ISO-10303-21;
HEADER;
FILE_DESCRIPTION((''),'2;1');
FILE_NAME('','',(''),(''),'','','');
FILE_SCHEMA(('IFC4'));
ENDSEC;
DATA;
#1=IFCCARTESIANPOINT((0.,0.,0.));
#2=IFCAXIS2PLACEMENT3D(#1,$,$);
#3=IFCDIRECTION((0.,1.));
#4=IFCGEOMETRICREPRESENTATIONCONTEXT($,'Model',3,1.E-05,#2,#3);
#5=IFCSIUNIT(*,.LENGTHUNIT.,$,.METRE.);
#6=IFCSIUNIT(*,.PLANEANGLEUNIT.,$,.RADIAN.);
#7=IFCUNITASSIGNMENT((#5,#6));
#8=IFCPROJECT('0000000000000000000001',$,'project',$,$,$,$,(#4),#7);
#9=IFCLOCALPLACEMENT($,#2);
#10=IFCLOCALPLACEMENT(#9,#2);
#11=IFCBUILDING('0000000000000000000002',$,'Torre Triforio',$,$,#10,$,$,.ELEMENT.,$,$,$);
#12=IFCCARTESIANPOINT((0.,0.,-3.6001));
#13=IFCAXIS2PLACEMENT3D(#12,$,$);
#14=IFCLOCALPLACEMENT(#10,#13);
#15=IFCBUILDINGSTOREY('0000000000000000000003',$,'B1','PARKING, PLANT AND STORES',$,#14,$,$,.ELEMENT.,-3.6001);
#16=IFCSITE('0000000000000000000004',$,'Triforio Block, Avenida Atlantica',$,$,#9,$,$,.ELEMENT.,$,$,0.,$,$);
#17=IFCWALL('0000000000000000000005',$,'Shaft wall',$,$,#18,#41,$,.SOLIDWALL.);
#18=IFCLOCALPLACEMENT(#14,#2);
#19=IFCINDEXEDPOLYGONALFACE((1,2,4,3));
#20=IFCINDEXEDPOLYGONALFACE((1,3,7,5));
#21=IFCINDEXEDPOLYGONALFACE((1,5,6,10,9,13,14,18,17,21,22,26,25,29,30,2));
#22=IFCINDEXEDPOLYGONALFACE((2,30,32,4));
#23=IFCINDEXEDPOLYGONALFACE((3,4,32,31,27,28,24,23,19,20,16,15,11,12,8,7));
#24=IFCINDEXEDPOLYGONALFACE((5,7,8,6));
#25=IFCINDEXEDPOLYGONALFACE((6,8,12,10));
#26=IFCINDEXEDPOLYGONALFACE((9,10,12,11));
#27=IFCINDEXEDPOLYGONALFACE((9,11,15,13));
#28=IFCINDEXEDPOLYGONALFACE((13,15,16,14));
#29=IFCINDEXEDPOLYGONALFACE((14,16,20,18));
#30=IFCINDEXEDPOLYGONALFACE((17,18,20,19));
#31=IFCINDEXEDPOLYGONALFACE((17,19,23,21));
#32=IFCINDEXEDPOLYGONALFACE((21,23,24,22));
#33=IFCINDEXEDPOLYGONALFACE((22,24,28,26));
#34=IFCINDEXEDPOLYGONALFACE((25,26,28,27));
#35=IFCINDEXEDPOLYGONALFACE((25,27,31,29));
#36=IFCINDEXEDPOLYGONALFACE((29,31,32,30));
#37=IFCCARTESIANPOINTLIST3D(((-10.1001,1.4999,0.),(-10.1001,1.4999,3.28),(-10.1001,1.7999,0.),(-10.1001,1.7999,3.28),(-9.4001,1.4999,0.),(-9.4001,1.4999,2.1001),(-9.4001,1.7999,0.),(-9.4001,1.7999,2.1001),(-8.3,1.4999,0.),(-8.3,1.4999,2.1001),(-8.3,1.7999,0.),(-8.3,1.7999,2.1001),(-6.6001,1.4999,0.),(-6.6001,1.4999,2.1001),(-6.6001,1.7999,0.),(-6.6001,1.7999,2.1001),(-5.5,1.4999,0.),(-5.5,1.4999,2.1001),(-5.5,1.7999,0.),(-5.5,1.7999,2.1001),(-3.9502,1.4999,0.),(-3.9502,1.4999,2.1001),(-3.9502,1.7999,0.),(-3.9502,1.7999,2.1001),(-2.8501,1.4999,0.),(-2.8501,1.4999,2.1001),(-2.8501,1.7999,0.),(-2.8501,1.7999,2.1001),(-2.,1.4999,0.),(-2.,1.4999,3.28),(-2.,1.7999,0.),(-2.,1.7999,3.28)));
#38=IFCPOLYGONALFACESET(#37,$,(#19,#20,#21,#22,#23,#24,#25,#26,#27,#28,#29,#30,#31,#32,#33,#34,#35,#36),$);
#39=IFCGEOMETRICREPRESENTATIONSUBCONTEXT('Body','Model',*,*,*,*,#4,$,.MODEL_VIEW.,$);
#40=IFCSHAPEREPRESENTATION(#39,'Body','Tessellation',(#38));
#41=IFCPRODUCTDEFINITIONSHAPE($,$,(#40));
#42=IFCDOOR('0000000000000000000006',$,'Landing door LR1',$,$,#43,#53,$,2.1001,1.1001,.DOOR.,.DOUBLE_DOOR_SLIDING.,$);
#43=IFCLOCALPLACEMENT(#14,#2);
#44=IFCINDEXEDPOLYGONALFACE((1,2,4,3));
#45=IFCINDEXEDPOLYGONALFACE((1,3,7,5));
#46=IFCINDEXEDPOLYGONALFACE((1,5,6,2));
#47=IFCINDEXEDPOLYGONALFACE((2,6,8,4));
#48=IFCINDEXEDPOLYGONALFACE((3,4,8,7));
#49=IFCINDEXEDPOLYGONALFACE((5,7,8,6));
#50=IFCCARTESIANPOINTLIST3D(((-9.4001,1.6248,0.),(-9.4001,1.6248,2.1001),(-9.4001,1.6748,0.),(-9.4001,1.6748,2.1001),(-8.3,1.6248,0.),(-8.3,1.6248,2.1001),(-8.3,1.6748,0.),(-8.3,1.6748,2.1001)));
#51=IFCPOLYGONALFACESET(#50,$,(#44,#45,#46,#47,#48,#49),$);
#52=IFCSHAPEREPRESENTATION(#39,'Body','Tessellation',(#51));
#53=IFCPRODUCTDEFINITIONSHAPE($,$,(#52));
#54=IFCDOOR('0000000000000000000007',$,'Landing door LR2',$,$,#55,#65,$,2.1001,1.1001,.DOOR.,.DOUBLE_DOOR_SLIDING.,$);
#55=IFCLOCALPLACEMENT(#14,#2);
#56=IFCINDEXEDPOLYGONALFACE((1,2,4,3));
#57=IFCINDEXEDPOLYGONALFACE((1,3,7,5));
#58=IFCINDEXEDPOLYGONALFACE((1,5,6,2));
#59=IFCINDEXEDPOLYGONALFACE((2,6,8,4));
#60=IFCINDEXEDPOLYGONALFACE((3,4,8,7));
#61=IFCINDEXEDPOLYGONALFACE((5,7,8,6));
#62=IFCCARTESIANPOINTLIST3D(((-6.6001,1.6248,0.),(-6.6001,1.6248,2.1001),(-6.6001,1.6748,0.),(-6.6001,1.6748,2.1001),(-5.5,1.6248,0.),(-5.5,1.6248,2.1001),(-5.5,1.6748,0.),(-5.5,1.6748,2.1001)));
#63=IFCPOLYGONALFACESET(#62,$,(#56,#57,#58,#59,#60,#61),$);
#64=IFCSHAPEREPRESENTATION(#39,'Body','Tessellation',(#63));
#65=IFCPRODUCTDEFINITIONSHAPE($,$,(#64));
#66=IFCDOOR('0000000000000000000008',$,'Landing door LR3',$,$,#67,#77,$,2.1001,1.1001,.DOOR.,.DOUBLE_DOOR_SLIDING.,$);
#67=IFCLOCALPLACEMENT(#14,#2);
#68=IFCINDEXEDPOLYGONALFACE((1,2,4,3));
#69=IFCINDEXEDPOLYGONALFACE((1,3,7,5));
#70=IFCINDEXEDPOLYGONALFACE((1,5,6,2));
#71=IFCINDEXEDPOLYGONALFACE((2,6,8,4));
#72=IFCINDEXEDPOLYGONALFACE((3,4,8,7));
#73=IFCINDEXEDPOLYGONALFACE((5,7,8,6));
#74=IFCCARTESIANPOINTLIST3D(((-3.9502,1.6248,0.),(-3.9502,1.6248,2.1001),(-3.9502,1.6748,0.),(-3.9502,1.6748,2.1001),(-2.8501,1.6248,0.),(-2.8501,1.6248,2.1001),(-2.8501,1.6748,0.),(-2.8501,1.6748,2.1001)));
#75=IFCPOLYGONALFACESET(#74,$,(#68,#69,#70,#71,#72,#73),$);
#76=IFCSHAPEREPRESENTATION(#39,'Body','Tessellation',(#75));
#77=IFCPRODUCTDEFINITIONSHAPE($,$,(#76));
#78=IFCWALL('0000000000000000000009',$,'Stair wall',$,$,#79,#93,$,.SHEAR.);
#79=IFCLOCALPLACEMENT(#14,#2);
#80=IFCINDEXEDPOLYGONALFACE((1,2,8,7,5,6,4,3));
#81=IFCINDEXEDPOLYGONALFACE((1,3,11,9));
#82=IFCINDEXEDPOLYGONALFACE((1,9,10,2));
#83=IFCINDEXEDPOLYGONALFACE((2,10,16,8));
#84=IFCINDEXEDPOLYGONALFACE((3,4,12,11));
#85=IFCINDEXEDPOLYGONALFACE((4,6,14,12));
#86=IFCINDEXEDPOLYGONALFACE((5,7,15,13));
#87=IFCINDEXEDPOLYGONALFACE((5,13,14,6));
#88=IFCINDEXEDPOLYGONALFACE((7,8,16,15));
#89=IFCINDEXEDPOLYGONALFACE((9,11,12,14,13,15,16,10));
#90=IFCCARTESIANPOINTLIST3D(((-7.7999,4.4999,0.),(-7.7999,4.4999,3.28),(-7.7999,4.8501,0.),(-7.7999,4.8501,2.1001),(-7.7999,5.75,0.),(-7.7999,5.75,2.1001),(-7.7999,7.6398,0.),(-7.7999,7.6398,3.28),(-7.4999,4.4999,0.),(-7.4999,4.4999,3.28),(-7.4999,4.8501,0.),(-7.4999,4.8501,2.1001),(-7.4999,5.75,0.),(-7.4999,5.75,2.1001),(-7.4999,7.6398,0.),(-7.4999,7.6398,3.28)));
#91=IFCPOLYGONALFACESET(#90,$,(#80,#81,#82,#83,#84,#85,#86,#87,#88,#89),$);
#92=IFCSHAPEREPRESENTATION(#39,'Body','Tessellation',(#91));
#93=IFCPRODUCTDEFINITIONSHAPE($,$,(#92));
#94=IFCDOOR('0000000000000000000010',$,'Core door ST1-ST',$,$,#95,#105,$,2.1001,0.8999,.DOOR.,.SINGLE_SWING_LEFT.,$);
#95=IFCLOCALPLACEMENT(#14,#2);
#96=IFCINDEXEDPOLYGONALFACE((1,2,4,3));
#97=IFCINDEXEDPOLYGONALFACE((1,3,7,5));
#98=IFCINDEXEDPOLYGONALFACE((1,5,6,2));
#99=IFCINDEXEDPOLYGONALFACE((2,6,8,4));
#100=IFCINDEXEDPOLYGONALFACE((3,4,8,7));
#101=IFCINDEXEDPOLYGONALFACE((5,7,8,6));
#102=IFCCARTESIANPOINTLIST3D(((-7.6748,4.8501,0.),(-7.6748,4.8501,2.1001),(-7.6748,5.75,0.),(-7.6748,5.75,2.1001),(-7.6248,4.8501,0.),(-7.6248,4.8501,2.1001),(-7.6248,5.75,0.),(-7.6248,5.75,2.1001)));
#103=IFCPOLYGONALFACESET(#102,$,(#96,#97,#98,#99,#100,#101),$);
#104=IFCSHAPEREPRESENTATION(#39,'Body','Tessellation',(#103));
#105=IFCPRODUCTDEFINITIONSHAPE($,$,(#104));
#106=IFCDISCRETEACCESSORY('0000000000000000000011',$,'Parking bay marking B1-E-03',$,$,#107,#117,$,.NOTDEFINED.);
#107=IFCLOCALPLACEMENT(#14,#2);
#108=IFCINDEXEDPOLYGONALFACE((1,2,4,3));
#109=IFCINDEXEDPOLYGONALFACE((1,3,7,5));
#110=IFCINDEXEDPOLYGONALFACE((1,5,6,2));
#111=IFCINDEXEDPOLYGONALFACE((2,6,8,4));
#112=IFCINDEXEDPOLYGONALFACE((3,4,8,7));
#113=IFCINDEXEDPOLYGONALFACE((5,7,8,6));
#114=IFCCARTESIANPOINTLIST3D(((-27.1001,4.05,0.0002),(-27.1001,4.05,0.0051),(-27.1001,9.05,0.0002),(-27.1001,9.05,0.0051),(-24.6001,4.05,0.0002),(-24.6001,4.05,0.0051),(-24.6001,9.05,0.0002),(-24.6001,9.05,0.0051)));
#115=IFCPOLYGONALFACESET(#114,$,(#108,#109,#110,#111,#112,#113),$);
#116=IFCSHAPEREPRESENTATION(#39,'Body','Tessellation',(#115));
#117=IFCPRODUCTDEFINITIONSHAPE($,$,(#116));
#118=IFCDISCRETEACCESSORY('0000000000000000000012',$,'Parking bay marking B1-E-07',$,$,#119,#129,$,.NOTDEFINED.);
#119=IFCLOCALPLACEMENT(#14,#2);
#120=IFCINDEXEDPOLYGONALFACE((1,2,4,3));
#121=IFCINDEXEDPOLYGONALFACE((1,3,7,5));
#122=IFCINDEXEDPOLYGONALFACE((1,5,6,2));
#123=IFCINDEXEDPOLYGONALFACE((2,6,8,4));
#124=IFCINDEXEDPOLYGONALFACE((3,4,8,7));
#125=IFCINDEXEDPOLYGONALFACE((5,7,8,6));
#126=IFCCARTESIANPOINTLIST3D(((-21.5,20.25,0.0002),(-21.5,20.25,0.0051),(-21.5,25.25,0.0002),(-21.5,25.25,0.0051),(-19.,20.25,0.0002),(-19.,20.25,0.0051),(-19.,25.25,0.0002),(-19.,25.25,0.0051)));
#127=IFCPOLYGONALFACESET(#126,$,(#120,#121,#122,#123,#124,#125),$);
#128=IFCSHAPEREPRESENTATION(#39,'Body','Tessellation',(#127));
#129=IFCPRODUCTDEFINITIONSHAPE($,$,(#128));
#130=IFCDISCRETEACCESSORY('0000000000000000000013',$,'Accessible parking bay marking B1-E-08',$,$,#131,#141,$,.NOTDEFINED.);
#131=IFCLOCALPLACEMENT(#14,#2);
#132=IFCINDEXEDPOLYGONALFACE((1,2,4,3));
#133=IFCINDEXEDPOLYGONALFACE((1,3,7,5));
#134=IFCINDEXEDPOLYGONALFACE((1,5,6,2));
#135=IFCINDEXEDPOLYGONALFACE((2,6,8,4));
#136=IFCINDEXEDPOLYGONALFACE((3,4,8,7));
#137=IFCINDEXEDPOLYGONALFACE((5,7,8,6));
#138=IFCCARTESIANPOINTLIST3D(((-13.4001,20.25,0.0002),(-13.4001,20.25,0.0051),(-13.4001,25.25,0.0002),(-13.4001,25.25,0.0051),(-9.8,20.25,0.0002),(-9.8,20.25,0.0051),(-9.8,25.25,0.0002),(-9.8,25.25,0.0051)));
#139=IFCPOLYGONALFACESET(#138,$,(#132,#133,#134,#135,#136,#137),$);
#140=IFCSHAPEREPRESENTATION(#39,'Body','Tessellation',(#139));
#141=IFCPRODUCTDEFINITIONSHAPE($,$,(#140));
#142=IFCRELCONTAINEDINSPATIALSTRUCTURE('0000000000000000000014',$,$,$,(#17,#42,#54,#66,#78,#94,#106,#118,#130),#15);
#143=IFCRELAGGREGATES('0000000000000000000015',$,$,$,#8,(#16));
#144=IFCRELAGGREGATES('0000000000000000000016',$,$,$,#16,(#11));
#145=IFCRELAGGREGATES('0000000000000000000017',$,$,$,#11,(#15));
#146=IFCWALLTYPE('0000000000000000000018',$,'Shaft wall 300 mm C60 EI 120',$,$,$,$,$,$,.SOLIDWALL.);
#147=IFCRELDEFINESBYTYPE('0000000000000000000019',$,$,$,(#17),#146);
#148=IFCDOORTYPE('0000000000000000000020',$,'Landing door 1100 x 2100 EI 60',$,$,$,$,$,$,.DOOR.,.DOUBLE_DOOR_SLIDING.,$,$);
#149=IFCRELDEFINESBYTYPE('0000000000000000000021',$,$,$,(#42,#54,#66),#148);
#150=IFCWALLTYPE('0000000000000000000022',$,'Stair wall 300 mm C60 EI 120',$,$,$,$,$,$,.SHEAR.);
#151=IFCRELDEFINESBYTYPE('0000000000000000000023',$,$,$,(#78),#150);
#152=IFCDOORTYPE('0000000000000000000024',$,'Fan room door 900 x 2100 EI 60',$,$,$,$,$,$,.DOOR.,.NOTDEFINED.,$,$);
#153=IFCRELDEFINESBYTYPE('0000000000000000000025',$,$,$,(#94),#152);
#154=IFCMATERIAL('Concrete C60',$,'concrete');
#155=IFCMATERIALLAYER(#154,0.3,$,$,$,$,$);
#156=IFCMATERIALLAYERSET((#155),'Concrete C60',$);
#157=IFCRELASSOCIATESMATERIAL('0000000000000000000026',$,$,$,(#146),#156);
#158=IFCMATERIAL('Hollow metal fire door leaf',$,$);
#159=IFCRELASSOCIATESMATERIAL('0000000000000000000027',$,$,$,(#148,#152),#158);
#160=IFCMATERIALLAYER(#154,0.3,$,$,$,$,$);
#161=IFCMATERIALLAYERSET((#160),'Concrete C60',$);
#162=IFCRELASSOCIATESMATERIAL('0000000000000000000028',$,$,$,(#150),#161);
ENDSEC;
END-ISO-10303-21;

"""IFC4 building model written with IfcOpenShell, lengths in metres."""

from ifc_helpers import new_model, si_unit, direction, frame, frame_2d, origin, origin_2d, place, context, subcontext, project, spatial, rectangle, extrude, material, layer, layer_set, type_object, element, fill, save


model = new_model("IFC4")

# Units and contexts
model_context = context("Model", 3, precision=1e-05, world=origin(), true_north=direction((0.0, 1.0)))
body_context = subcontext(model_context, "Body", "Model", "MODEL_VIEW")
ifc_project = project(units=[si_unit("LENGTHUNIT", "METRE"), si_unit("PLANEANGLEUNIT", "RADIAN")], contexts=[model_context])

# Site, building, storey
site_placement = place(None, origin())
site = spatial("IfcSite", under=ifc_project, at=site_placement, Name="Triforio Block, Avenida Atlantica", CompositionType="ELEMENT", RefElevation=0.0)
building_placement = place(site_placement, origin())
building = spatial("IfcBuilding", under=site, at=building_placement, Name="Torre Triforio", CompositionType="ELEMENT")
storey_placement = place(building_placement, frame((0.0, 0.0, -3.6001)))
storey = spatial("IfcBuildingStorey", under=building, at=storey_placement, Name="B1", Description="PARKING, PLANT AND STORES", CompositionType="ELEMENT", Elevation=-3.6001)

# Shared definitions
ifc_material_1 = material(Name="Concrete C60", Category="concrete")
ifc_material_2 = material(Name="Hollow metal fire door leaf")

# Shared definitions
ifc_layer_1 = layer(ifc_material_1, 0.3)
ifc_layer_set_1 = layer_set([ifc_layer_1], Name="Concrete C60")
wall_type_1 = type_object("IfcWallType", Name="Shaft wall 300 mm C60 EI 120", PredefinedType="SOLIDWALL", material=ifc_layer_set_1)

# Wall, openings, doors
wall_1_placement = place(storey_placement, frame((-10.1001, 1.6499, 0.0), z_axis=(0.0, 0.0, 1.0), x_axis=(1.0, 0.0, 0.0)))
wall_1 = element("IfcWall", 1, at=wall_1_placement, inside=storey, type_object=wall_type_1, Name="Shaft wall", PredefinedType="SOLIDWALL", context=body_context, shape_type="SweptSolid", body=[
    extrude(rectangle(XDim=8.1001, YDim=0.3, at=frame_2d((4.05, 0.0))), origin(), (0.0, 0.0, 1.0), 3.28),
])
opening_1_placement = place(wall_1_placement, frame((0.7, 0.0, 0.0)))
opening_1 = element("IfcOpeningElement", 2, at=opening_1_placement, cuts=wall_1, PredefinedType="OPENING", context=body_context, shape_type="SweptSolid", body=[
    extrude(rectangle(XDim=1.1001, YDim=2.1001, at=frame_2d((0.55, 1.05))), frame((0.0, 0.1599, 0.0), z_axis=(0.0, -1.0, 0.0), x_axis=(1.0, 0.0, 0.0)), (0.0, 0.0, 1.0), 0.3201),
])
opening_2_placement = place(wall_1_placement, frame((3.5, 0.0, 0.0)))
opening_2 = element("IfcOpeningElement", 3, at=opening_2_placement, cuts=wall_1, PredefinedType="OPENING", context=body_context, shape_type="SweptSolid", body=[
    extrude(rectangle(XDim=1.1001, YDim=2.1001, at=frame_2d((0.55, 1.05))), frame((0.0, 0.1599, 0.0), z_axis=(0.0, -1.0, 0.0), x_axis=(1.0, 0.0, 0.0)), (0.0, 0.0, 1.0), 0.3201),
])
opening_3_placement = place(wall_1_placement, frame((6.1499, 0.0, 0.0)))
opening_3 = element("IfcOpeningElement", 4, at=opening_3_placement, cuts=wall_1, PredefinedType="OPENING", context=body_context, shape_type="SweptSolid", body=[
    extrude(rectangle(XDim=1.1001, YDim=2.1001, at=frame_2d((0.55, 1.05))), frame((0.0, 0.1599, 0.0), z_axis=(0.0, -1.0, 0.0), x_axis=(1.0, 0.0, 0.0)), (0.0, 0.0, 1.0), 0.3201),
])
door_type_1 = type_object("IfcDoorType", Name="Landing door 1100 x 2100 EI 60", OperationType="DOUBLE_DOOR_SLIDING", PredefinedType="DOOR", material=ifc_material_2)
door_1_placement = place(opening_1_placement, origin())
door_1 = element("IfcDoor", 5, at=door_1_placement, inside=storey, type_object=door_type_1, Name="Landing door LR1", OperationType="DOUBLE_DOOR_SLIDING", OverallHeight=2.1001, OverallWidth=1.1001, PredefinedType="DOOR", context=body_context, shape_type="SweptSolid", body=[
    extrude(rectangle(XDim=1.1001, YDim=2.1001, at=frame_2d((0.55, 1.05))), frame((0.0, 0.0249, 0.0), z_axis=(0.0, -1.0, 0.0), x_axis=(1.0, 0.0, 0.0)), (0.0, 0.0, 1.0), 0.05),
])
fill(opening_1, door_1)
door_2_placement = place(opening_2_placement, origin())
door_2 = element("IfcDoor", 6, at=door_2_placement, inside=storey, type_object=door_type_1, Name="Landing door LR2", OperationType="DOUBLE_DOOR_SLIDING", OverallHeight=2.1001, OverallWidth=1.1001, PredefinedType="DOOR", context=body_context, shape_type="SweptSolid", body=[
    extrude(rectangle(XDim=1.1001, YDim=2.1001, at=frame_2d((0.55, 1.05))), frame((0.0, 0.0249, 0.0), z_axis=(0.0, -1.0, 0.0), x_axis=(1.0, 0.0, 0.0)), (0.0, 0.0, 1.0), 0.05),
])
fill(opening_2, door_2)
door_3_placement = place(opening_3_placement, origin())
door_3 = element("IfcDoor", 7, at=door_3_placement, inside=storey, type_object=door_type_1, Name="Landing door LR3", OperationType="DOUBLE_DOOR_SLIDING", OverallHeight=2.1001, OverallWidth=1.1001, PredefinedType="DOOR", context=body_context, shape_type="SweptSolid", body=[
    extrude(rectangle(XDim=1.1001, YDim=2.1001, at=frame_2d((0.55, 1.05))), frame((0.0, 0.0249, 0.0), z_axis=(0.0, -1.0, 0.0), x_axis=(1.0, 0.0, 0.0)), (0.0, 0.0, 1.0), 0.05),
])
fill(opening_3, door_3)

# Wall, opening, door
ifc_layer_2 = layer(ifc_material_1, 0.3)
ifc_layer_set_2 = layer_set([ifc_layer_2], Name="Concrete C60")
wall_type_2 = type_object("IfcWallType", Name="Stair wall 300 mm C60 EI 120", PredefinedType="SHEAR", material=ifc_layer_set_2)
wall_2_placement = place(storey_placement, frame((-7.6499, 4.5, 0.0), z_axis=(0.0, 0.0, 1.0), x_axis=(0.0, 1.0, 0.0)))
wall_2 = element("IfcWall", 8, at=wall_2_placement, inside=storey, type_object=wall_type_2, Name="Stair wall", PredefinedType="SHEAR", context=body_context, shape_type="SweptSolid", body=[
    extrude(rectangle(XDim=3.1399, YDim=0.3, at=frame_2d((1.5698, 0.0))), origin(), (0.0, 0.0, 1.0), 3.28),
])
opening_4_placement = place(wall_2_placement, frame((0.3501, 0.0, 0.0)))
opening_4 = element("IfcOpeningElement", 9, at=opening_4_placement, cuts=wall_2, PredefinedType="OPENING", context=body_context, shape_type="SweptSolid", body=[
    extrude(rectangle(XDim=0.8999, YDim=2.1001, at=frame_2d((0.45, 1.05))), frame((0.0, 0.1599, 0.0), z_axis=(0.0, -1.0, 0.0), x_axis=(1.0, 0.0, 0.0)), (0.0, 0.0, 1.0), 0.3201),
])
door_type_2 = type_object("IfcDoorType", Name="Fan room door 900 x 2100 EI 60", OperationType="NOTDEFINED", PredefinedType="DOOR", material=ifc_material_2)
door_4_placement = place(opening_4_placement, origin())
door_4 = element("IfcDoor", 10, at=door_4_placement, inside=storey, type_object=door_type_2, Name="Core door ST1-ST", OperationType="SINGLE_SWING_LEFT", OverallHeight=2.1001, OverallWidth=0.8999, PredefinedType="DOOR", context=body_context, shape_type="SweptSolid", body=[
    extrude(rectangle(XDim=0.8999, YDim=2.1001, at=frame_2d((0.45, 1.05))), frame((0.0, 0.0249, 0.0), z_axis=(0.0, -1.0, 0.0), x_axis=(1.0, 0.0, 0.0)), (0.0, 0.0, 1.0), 0.05),
])
fill(opening_4, door_4)

# Discrete accessories
for number, where, z_axis, x_axis, name in (
    (11, (-25.8501, 6.55, 0.0002), (0.0, 0.0, 1.0), (1.0, 0.0, 0.0), "Parking bay marking B1-E-03"),
    (12, (-20.25, 22.75, 0.0002), (0.0, 0.0, 1.0), (1.0, 0.0, 0.0), "Parking bay marking B1-E-07"),
):
    element("IfcDiscreteAccessory", number, at=place(storey_placement, frame(where, z_axis=z_axis, x_axis=x_axis)), inside=storey, Name=name, PredefinedType="NOTDEFINED", context=body_context, shape_type="SweptSolid", body=[
        extrude(rectangle(XDim=2.5, YDim=5.0, at=origin_2d()), origin(), (0.0, 0.0, 1.0), 0.0049),
    ])
discrete_accessory_placement = place(storey_placement, frame((-11.6001, 22.75, 0.0002), z_axis=(0.0, 0.0, 1.0), x_axis=(1.0, 0.0, 0.0)))
element("IfcDiscreteAccessory", 13, at=discrete_accessory_placement, inside=storey, Name="Accessible parking bay marking B1-E-08", PredefinedType="NOTDEFINED", context=body_context, shape_type="SweptSolid", body=[
    extrude(rectangle(XDim=3.6001, YDim=5.0, at=origin_2d()), origin(), (0.0, 0.0, 1.0), 0.0049),
])

save(model, "model.ifc")
